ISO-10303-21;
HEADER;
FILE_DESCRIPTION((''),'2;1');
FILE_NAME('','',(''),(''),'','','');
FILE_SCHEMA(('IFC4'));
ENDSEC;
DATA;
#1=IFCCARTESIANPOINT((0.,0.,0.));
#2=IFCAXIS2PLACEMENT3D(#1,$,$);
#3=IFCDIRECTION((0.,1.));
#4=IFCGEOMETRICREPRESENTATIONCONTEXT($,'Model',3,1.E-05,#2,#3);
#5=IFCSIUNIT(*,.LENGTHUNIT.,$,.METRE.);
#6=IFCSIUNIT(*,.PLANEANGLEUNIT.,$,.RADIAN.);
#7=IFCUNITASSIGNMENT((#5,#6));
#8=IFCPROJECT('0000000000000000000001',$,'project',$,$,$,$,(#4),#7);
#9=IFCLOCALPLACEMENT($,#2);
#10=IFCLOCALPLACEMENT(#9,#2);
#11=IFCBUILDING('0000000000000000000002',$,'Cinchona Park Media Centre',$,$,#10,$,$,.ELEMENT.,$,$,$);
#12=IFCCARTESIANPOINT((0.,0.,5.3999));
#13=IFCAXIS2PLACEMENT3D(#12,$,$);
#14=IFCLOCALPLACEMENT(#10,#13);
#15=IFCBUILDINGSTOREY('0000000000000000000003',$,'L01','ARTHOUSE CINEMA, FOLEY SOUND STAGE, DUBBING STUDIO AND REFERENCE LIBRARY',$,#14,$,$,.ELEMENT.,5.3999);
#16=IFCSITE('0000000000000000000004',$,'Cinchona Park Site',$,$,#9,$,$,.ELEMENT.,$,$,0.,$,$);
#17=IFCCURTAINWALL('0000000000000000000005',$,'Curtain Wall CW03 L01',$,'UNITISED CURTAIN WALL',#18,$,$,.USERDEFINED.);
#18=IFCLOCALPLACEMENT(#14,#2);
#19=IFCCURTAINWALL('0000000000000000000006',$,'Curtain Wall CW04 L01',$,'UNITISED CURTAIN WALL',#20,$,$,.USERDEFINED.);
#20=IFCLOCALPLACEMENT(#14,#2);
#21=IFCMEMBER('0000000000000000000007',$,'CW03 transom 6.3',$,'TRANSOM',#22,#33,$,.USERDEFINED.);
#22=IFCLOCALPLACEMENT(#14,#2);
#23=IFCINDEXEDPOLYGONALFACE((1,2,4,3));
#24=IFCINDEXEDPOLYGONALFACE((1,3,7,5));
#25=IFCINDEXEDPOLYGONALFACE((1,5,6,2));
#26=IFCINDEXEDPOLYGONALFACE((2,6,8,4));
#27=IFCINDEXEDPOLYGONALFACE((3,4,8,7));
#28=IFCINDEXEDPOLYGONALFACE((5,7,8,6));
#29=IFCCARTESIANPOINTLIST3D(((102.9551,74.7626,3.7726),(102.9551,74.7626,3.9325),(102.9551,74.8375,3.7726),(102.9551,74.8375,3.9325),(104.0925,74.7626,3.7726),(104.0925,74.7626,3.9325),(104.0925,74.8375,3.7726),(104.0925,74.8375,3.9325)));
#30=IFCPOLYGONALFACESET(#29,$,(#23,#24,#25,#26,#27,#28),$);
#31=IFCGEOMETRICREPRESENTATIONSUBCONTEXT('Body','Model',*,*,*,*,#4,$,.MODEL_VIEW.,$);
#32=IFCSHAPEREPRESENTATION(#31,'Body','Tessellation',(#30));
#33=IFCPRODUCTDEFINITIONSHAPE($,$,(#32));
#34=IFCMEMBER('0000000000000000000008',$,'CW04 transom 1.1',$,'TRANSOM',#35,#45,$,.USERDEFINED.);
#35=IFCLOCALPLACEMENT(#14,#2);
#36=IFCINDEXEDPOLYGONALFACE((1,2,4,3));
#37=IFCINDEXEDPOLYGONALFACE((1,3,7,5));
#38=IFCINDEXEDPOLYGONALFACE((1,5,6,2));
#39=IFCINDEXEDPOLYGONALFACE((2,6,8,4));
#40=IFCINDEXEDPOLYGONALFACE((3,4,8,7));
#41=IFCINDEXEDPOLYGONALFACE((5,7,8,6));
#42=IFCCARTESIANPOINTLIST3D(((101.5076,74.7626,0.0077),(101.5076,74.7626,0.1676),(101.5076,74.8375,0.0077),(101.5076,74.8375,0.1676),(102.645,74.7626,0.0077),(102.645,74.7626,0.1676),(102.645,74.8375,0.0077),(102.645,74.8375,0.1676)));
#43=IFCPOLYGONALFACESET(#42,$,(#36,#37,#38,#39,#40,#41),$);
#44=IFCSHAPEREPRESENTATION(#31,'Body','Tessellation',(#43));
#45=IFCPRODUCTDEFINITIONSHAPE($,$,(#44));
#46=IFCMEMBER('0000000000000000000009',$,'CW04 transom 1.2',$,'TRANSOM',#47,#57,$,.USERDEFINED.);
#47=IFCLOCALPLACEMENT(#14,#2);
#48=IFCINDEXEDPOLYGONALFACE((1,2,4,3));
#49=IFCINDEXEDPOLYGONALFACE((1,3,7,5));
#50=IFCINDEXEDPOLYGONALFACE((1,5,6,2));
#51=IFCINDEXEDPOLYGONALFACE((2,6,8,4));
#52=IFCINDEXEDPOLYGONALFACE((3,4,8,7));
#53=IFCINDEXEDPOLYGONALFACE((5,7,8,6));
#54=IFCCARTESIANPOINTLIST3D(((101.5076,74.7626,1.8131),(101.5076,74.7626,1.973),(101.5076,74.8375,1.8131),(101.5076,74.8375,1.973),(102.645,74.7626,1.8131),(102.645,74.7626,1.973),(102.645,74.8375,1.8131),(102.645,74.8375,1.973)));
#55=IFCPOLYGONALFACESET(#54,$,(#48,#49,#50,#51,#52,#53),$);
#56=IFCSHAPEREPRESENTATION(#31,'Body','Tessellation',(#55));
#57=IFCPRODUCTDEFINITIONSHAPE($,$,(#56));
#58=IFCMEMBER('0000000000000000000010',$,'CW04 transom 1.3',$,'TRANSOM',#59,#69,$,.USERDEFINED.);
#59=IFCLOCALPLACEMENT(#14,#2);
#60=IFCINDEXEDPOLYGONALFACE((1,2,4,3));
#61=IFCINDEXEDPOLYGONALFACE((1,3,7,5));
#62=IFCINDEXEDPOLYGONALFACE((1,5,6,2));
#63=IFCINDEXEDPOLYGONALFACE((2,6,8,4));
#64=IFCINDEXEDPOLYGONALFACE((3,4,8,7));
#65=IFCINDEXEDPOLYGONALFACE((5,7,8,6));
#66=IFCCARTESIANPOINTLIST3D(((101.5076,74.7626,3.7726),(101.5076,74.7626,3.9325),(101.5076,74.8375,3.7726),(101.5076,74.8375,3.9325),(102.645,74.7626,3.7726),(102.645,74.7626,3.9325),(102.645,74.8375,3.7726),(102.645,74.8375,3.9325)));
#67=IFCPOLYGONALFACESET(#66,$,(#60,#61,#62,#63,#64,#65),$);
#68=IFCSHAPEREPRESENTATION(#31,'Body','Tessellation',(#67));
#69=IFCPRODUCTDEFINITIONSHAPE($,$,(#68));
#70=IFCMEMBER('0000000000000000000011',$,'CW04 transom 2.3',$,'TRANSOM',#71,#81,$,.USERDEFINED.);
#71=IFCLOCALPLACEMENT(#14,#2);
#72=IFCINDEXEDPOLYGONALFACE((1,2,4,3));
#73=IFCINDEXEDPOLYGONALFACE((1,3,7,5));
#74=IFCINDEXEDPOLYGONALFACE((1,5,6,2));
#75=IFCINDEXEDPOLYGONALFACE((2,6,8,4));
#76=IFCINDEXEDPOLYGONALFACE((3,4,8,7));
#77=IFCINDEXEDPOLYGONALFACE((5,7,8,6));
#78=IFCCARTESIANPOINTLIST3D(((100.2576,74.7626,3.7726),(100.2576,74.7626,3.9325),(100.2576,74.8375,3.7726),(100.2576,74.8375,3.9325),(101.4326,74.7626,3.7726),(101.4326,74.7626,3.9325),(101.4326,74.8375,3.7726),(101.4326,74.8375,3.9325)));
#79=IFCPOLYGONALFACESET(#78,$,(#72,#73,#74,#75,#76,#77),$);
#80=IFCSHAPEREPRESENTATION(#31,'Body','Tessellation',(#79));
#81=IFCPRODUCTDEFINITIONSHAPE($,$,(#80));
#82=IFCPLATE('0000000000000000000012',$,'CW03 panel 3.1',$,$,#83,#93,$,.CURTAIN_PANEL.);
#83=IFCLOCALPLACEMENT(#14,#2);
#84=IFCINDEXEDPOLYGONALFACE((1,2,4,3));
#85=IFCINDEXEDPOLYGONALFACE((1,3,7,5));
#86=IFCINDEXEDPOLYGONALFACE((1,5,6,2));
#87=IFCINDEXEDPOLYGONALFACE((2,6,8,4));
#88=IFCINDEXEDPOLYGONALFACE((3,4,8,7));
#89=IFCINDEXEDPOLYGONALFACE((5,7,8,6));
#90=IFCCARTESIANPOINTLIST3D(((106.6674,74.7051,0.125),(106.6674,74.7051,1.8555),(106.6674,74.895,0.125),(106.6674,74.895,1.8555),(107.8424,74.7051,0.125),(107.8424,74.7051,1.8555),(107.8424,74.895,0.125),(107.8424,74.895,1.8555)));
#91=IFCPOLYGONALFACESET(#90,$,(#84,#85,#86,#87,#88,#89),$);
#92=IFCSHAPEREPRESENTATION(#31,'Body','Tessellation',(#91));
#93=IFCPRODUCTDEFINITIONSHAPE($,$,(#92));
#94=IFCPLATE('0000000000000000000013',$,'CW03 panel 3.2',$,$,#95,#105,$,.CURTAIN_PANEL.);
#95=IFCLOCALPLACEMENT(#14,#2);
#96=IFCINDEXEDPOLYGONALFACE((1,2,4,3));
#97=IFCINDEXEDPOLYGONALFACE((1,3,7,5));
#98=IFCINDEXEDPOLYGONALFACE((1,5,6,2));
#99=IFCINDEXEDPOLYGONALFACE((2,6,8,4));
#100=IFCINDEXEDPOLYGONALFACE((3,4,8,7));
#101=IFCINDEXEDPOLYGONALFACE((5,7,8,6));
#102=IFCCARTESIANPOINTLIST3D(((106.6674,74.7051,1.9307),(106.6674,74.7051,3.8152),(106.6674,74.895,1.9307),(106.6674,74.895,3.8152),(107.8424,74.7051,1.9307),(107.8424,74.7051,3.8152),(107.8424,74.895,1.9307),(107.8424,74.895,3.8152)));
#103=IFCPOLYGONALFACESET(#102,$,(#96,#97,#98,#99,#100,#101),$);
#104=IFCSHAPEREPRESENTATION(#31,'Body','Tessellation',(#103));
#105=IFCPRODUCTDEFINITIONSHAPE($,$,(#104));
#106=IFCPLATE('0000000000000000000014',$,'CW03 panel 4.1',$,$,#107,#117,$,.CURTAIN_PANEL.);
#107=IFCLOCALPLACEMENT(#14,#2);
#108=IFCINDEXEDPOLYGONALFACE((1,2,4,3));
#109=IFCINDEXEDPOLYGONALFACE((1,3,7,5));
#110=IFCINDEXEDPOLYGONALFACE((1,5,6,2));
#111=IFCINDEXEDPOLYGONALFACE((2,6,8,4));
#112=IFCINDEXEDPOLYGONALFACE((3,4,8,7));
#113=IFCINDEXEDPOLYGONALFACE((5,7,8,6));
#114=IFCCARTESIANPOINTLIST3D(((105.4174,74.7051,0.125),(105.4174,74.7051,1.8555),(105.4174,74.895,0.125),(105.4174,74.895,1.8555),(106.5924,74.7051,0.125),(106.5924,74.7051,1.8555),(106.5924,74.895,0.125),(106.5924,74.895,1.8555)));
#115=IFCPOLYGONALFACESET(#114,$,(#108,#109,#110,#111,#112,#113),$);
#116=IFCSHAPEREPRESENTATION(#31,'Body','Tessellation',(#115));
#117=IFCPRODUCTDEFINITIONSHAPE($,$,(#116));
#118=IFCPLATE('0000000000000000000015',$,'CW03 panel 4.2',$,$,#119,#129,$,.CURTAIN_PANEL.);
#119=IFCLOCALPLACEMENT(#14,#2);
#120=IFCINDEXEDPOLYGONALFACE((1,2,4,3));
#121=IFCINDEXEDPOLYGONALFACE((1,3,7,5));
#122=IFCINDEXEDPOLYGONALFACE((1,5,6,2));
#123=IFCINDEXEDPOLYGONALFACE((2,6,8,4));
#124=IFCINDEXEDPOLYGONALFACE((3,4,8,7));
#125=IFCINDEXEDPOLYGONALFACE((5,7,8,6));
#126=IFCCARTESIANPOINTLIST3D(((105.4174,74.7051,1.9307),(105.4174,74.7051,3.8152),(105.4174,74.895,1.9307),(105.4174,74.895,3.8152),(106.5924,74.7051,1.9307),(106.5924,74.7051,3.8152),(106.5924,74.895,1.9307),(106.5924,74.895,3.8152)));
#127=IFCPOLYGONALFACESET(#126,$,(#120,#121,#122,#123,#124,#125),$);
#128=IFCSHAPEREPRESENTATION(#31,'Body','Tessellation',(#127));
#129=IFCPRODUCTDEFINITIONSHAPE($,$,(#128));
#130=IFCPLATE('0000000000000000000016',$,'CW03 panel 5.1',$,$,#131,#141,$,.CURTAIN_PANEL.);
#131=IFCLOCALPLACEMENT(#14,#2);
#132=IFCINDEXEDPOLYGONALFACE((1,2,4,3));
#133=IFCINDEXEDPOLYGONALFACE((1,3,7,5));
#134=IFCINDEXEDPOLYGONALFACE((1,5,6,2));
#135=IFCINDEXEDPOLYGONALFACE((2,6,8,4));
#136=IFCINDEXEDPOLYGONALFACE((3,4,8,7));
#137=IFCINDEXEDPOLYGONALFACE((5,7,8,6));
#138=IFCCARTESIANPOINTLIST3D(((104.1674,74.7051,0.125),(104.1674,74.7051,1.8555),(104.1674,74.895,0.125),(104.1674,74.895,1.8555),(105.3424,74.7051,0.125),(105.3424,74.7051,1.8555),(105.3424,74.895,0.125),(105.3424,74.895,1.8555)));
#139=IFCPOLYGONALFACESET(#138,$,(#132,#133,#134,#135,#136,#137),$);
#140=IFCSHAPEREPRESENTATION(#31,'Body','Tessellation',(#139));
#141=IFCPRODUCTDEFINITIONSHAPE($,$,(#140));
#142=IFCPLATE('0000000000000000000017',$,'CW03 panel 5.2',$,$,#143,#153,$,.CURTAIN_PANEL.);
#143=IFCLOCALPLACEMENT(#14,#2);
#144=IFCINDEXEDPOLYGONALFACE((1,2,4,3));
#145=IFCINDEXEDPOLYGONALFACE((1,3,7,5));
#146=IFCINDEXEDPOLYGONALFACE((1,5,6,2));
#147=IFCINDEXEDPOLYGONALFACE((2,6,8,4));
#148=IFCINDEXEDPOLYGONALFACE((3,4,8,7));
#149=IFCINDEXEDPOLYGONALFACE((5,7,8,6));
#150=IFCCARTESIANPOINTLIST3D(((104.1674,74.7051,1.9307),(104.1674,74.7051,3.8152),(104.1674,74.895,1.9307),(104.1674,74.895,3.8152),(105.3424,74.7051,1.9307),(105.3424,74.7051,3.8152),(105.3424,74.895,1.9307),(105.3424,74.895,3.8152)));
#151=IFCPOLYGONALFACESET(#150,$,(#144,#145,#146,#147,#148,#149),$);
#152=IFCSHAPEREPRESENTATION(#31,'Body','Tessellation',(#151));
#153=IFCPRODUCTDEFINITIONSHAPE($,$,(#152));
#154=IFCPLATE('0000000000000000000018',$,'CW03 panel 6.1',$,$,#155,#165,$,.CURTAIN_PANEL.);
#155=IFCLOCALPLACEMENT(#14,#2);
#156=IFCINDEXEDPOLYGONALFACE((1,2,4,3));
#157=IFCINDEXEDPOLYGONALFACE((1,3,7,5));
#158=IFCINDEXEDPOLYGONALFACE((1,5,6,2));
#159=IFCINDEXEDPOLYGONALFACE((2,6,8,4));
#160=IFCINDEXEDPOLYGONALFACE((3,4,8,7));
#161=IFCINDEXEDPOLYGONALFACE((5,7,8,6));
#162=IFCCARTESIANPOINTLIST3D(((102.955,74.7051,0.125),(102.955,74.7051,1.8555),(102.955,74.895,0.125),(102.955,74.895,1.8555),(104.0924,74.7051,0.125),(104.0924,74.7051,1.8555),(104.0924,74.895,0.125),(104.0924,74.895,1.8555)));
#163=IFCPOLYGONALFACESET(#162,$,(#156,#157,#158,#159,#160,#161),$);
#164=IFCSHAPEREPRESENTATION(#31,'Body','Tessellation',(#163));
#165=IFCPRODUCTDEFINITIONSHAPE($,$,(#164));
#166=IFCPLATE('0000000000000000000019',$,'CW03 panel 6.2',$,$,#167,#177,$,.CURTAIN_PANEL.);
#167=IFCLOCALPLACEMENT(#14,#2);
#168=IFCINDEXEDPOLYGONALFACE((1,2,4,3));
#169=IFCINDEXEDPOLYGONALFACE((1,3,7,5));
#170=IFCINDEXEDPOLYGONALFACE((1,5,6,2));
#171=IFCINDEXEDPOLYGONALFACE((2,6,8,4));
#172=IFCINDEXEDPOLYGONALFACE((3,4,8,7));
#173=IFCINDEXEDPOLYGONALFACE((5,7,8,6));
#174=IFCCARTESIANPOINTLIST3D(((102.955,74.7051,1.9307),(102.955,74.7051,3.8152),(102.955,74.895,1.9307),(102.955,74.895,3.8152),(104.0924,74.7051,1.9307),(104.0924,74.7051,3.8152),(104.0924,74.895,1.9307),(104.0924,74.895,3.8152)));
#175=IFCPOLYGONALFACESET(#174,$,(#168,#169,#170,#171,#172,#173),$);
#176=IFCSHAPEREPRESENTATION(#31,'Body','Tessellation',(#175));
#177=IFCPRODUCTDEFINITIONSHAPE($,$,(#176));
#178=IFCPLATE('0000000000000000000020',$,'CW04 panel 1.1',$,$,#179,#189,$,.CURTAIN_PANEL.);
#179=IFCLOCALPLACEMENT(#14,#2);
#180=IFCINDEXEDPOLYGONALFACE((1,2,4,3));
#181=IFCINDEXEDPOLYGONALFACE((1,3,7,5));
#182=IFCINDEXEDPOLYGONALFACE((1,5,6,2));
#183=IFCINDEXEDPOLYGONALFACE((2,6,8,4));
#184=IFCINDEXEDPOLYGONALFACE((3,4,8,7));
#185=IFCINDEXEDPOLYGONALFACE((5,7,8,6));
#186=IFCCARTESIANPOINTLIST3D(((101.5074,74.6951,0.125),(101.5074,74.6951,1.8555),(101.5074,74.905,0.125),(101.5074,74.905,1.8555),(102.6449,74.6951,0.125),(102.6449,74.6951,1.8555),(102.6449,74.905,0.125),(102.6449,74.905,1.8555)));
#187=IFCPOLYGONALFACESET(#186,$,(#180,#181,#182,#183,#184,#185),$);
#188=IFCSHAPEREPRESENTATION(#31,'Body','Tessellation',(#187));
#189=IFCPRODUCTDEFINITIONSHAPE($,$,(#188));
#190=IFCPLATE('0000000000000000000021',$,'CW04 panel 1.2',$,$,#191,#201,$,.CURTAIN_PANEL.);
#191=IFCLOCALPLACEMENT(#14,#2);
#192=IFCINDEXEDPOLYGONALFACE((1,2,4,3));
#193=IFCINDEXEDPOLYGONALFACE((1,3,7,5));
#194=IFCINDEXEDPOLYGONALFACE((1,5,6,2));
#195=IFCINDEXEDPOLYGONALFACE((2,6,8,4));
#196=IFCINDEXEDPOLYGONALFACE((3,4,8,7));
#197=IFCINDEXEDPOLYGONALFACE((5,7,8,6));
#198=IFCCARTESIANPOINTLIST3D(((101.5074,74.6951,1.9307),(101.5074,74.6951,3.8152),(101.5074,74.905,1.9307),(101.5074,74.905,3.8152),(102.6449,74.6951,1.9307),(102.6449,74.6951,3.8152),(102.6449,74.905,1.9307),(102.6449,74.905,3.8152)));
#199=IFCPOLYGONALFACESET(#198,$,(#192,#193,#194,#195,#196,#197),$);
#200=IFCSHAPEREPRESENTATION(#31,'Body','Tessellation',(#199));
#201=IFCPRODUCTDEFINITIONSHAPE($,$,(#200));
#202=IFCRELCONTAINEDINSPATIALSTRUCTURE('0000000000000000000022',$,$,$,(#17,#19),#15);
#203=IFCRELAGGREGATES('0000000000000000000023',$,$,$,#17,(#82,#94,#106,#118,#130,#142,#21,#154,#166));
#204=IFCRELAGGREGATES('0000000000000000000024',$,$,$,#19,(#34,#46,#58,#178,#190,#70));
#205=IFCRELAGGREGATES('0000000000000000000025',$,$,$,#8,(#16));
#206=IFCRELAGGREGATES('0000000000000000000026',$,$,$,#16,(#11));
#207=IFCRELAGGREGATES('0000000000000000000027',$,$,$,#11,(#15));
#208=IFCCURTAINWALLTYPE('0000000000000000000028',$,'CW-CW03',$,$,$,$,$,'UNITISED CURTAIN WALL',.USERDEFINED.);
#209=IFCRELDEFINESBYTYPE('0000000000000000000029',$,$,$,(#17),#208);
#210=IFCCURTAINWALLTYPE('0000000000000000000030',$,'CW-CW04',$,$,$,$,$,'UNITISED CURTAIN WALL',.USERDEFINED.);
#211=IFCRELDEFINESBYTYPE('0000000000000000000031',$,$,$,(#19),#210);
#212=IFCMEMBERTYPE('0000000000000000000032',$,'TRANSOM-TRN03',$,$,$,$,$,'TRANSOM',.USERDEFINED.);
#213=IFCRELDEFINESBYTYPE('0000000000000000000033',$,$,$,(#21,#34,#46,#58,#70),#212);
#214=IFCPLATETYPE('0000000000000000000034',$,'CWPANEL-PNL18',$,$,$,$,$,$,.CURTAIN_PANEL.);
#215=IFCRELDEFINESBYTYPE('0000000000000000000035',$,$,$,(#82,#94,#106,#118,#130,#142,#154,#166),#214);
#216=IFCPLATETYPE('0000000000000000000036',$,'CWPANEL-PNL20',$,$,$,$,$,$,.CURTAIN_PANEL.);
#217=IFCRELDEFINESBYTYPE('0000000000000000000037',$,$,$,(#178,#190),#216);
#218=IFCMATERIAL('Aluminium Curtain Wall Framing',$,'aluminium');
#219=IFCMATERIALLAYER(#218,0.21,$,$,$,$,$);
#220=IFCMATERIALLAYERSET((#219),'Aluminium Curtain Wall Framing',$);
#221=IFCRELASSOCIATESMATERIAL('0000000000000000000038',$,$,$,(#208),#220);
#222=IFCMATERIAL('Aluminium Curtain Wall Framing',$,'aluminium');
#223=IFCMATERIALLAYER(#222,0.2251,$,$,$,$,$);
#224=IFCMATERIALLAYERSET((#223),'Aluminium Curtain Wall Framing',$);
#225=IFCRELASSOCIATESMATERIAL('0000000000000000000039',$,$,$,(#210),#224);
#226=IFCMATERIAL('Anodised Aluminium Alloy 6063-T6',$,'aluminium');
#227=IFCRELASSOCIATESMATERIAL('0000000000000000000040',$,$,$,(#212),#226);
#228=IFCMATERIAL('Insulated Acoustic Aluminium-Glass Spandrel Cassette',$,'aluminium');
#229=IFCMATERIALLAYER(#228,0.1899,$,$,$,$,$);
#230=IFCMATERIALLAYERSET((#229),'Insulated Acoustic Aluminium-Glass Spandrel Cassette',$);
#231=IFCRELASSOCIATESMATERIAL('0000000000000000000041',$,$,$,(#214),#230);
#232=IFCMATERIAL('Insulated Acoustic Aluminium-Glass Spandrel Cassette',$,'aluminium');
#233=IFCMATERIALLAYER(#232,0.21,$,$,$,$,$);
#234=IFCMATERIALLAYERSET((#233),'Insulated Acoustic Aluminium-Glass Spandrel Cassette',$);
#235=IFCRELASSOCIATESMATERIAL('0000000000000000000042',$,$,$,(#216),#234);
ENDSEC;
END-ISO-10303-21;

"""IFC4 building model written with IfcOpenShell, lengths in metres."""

from ifc_helpers import new_model, si_unit, direction, frame, origin, origin_2d, place, context, subcontext, project, spatial, rectangle, extrude, material, layer, layer_set, material_profile, profile_set, type_object, element, aggregate, save


model = new_model("IFC4")

# Units and contexts
model_context = context("Model", 3, precision=1e-05, world=origin(), true_north=direction((0.0, 1.0)))
body_context = subcontext(model_context, "Body", "Model", "MODEL_VIEW")
ifc_project = project(units=[si_unit("LENGTHUNIT", "METRE"), si_unit("PLANEANGLEUNIT", "RADIAN")], contexts=[model_context])

# Site, building, storey
site_placement = place(None, origin())
site = spatial("IfcSite", under=ifc_project, at=site_placement, Name="Cinchona Park Site", CompositionType="ELEMENT", RefElevation=0.0)
building_placement = place(site_placement, origin())
building = spatial("IfcBuilding", under=site, at=building_placement, Name="Cinchona Park Media Centre", CompositionType="ELEMENT")
storey_placement = place(building_placement, frame((0.0, 0.0, 5.3999)))
storey = spatial("IfcBuildingStorey", under=building, at=storey_placement, Name="L01", Description="ARTHOUSE CINEMA, FOLEY SOUND STAGE, DUBBING STUDIO AND REFERENCE LIBRARY", CompositionType="ELEMENT", Elevation=5.3999)

# Curtain walls
ifc_material_1 = material(Name="Aluminium Curtain Wall Framing", Category="aluminium")
ifc_layer_1 = layer(ifc_material_1, 0.21)
ifc_layer_set_1 = layer_set([ifc_layer_1], Name="Aluminium Curtain Wall Framing")
curtain_wall_type_1 = type_object("IfcCurtainWallType", Name="CW-CW03", ElementType="UNITISED CURTAIN WALL", PredefinedType="USERDEFINED", material=ifc_layer_set_1)
curtain_wall_1_placement = place(storey_placement, origin())
curtain_wall_1 = element("IfcCurtainWall", 1, at=curtain_wall_1_placement, inside=storey, type_object=curtain_wall_type_1, Name="Curtain Wall CW03 L01", ObjectType="UNITISED CURTAIN WALL", PredefinedType="USERDEFINED")
ifc_material_2 = material(Name="Aluminium Curtain Wall Framing", Category="aluminium")
ifc_layer_2 = layer(ifc_material_2, 0.2251)
ifc_layer_set_2 = layer_set([ifc_layer_2], Name="Aluminium Curtain Wall Framing")
curtain_wall_type_2 = type_object("IfcCurtainWallType", Name="CW-CW04", ElementType="UNITISED CURTAIN WALL", PredefinedType="USERDEFINED", material=ifc_layer_set_2)
curtain_wall_2_placement = place(storey_placement, origin())
curtain_wall_2 = element("IfcCurtainWall", 2, at=curtain_wall_2_placement, inside=storey, type_object=curtain_wall_type_2, Name="Curtain Wall CW04 L01", ObjectType="UNITISED CURTAIN WALL", PredefinedType="USERDEFINED")

# Members
ifc_material_3 = material(Name="Anodised Aluminium Alloy 6063-T6", Category="aluminium")
ifc_material_profile_1 = material_profile(ifc_material_3, rectangle(XDim=0.075, YDim=0.1599, at=origin_2d()), Name="TRN-75X160")
ifc_profile_set_1 = profile_set([ifc_material_profile_1], Name="Anodised Aluminium Alloy 6063-T6")
member_type_1 = type_object("IfcMemberType", Name="TRANSOM-TRN03", ElementType="TRANSOM", PredefinedType="USERDEFINED", material=ifc_profile_set_1)
member_1_placement = place(storey_placement, frame((104.0925, 74.8, 3.8525), z_axis=(-1.0, 0.0, 0.0), x_axis=(0.0, -1.0, 0.0)))
member_1 = element("IfcMember", 3, at=member_1_placement, type_object=member_type_1, Name="CW03 transom 6.3", ObjectType="TRANSOM", PredefinedType="USERDEFINED", context=body_context, shape_type="SweptSolid", body=[
    extrude(rectangle(XDim=0.075, YDim=0.1599, at=origin_2d()), origin(), (0.0, 0.0, 1.0), 1.1375),
])
member_2_placement = place(storey_placement, frame((102.645, 74.8, 0.0876), z_axis=(-1.0, 0.0, 0.0), x_axis=(0.0, -1.0, 0.0)))
member_2 = element("IfcMember", 4, at=member_2_placement, type_object=member_type_1, Name="CW04 transom 1.1", ObjectType="TRANSOM", PredefinedType="USERDEFINED", context=body_context, shape_type="SweptSolid", body=[
    extrude(rectangle(XDim=0.075, YDim=0.1599, at=origin_2d()), origin(), (0.0, 0.0, 1.0), 1.1375),
])
member_3_placement = place(storey_placement, frame((102.645, 74.8, 1.8931), z_axis=(-1.0, 0.0, 0.0), x_axis=(0.0, -1.0, 0.0)))
member_3 = element("IfcMember", 5, at=member_3_placement, type_object=member_type_1, Name="CW04 transom 1.2", ObjectType="TRANSOM", PredefinedType="USERDEFINED", context=body_context, shape_type="SweptSolid", body=[
    extrude(rectangle(XDim=0.075, YDim=0.1599, at=origin_2d()), origin(), (0.0, 0.0, 1.0), 1.1375),
])
member_4_placement = place(storey_placement, frame((102.645, 74.8, 3.8525), z_axis=(-1.0, 0.0, 0.0), x_axis=(0.0, -1.0, 0.0)))
member_4 = element("IfcMember", 6, at=member_4_placement, type_object=member_type_1, Name="CW04 transom 1.3", ObjectType="TRANSOM", PredefinedType="USERDEFINED", context=body_context, shape_type="SweptSolid", body=[
    extrude(rectangle(XDim=0.075, YDim=0.1599, at=origin_2d()), origin(), (0.0, 0.0, 1.0), 1.1375),
])
member_5_placement = place(storey_placement, frame((101.4326, 74.8, 3.8525), z_axis=(-1.0, 0.0, 0.0), x_axis=(0.0, -1.0, 0.0)))
member_5 = element("IfcMember", 7, at=member_5_placement, type_object=member_type_1, Name="CW04 transom 2.3", ObjectType="TRANSOM", PredefinedType="USERDEFINED", context=body_context, shape_type="SweptSolid", body=[
    extrude(rectangle(XDim=0.075, YDim=0.1599, at=origin_2d()), origin(), (0.0, 0.0, 1.0), 1.175),
])

# Plates
ifc_material_4 = material(Name="Insulated Acoustic Aluminium-Glass Spandrel Cassette", Category="aluminium")
ifc_layer_3 = layer(ifc_material_4, 0.1899)
ifc_layer_set_3 = layer_set([ifc_layer_3], Name="Insulated Acoustic Aluminium-Glass Spandrel Cassette")
plate_type_1 = type_object("IfcPlateType", Name="CWPANEL-PNL18", PredefinedType="CURTAIN_PANEL", material=ifc_layer_set_3)
plate_1_placement = place(storey_placement, frame((107.2549, 74.8, 0.125), z_axis=(0.0, 0.0, 1.0), x_axis=(-1.0, 0.0, 0.0)))
plate_1 = element("IfcPlate", 8, at=plate_1_placement, type_object=plate_type_1, Name="CW03 panel 3.1", PredefinedType="CURTAIN_PANEL", context=body_context, shape_type="SweptSolid", body=[
    extrude(rectangle(XDim=1.175, YDim=0.1899, at=origin_2d()), origin(), (0.0, 0.0, 1.0), 1.7305),
])
plate_2_placement = place(storey_placement, frame((107.2549, 74.8, 1.9307), z_axis=(0.0, 0.0, 1.0), x_axis=(-1.0, 0.0, 0.0)))
plate_2 = element("IfcPlate", 9, at=plate_2_placement, type_object=plate_type_1, Name="CW03 panel 3.2", PredefinedType="CURTAIN_PANEL", context=body_context, shape_type="SweptSolid", body=[
    extrude(rectangle(XDim=1.175, YDim=0.1899, at=origin_2d()), origin(), (0.0, 0.0, 1.0), 1.8845),
])
plate_3_placement = place(storey_placement, frame((106.0049, 74.8, 0.125), z_axis=(0.0, 0.0, 1.0), x_axis=(-1.0, 0.0, 0.0)))
plate_3 = element("IfcPlate", 10, at=plate_3_placement, type_object=plate_type_1, Name="CW03 panel 4.1", PredefinedType="CURTAIN_PANEL", context=body_context, shape_type="SweptSolid", body=[
    extrude(rectangle(XDim=1.175, YDim=0.1899, at=origin_2d()), origin(), (0.0, 0.0, 1.0), 1.7305),
])
plate_4_placement = place(storey_placement, frame((106.0049, 74.8, 1.9307), z_axis=(0.0, 0.0, 1.0), x_axis=(-1.0, 0.0, 0.0)))
plate_4 = element("IfcPlate", 11, at=plate_4_placement, type_object=plate_type_1, Name="CW03 panel 4.2", PredefinedType="CURTAIN_PANEL", context=body_context, shape_type="SweptSolid", body=[
    extrude(rectangle(XDim=1.175, YDim=0.1899, at=origin_2d()), origin(), (0.0, 0.0, 1.0), 1.8845),
])
plate_5_placement = place(storey_placement, frame((104.7549, 74.8, 0.125), z_axis=(0.0, 0.0, 1.0), x_axis=(-1.0, 0.0, 0.0)))
plate_5 = element("IfcPlate", 12, at=plate_5_placement, type_object=plate_type_1, Name="CW03 panel 5.1", PredefinedType="CURTAIN_PANEL", context=body_context, shape_type="SweptSolid", body=[
    extrude(rectangle(XDim=1.175, YDim=0.1899, at=origin_2d()), origin(), (0.0, 0.0, 1.0), 1.7305),
])
plate_6_placement = place(storey_placement, frame((104.7549, 74.8, 1.9307), z_axis=(0.0, 0.0, 1.0), x_axis=(-1.0, 0.0, 0.0)))
plate_6 = element("IfcPlate", 13, at=plate_6_placement, type_object=plate_type_1, Name="CW03 panel 5.2", PredefinedType="CURTAIN_PANEL", context=body_context, shape_type="SweptSolid", body=[
    extrude(rectangle(XDim=1.175, YDim=0.1899, at=origin_2d()), origin(), (0.0, 0.0, 1.0), 1.8845),
])
plate_7_placement = place(storey_placement, frame((103.5237, 74.8, 0.125), z_axis=(0.0, 0.0, 1.0), x_axis=(-1.0, 0.0, 0.0)))
plate_7 = element("IfcPlate", 14, at=plate_7_placement, type_object=plate_type_1, Name="CW03 panel 6.1", PredefinedType="CURTAIN_PANEL", context=body_context, shape_type="SweptSolid", body=[
    extrude(rectangle(XDim=1.1375, YDim=0.1899, at=origin_2d()), origin(), (0.0, 0.0, 1.0), 1.7305),
])
plate_8_placement = place(storey_placement, frame((103.5237, 74.8, 1.9307), z_axis=(0.0, 0.0, 1.0), x_axis=(-1.0, 0.0, 0.0)))
plate_8 = element("IfcPlate", 15, at=plate_8_placement, type_object=plate_type_1, Name="CW03 panel 6.2", PredefinedType="CURTAIN_PANEL", context=body_context, shape_type="SweptSolid", body=[
    extrude(rectangle(XDim=1.1375, YDim=0.1899, at=origin_2d()), origin(), (0.0, 0.0, 1.0), 1.8845),
])
aggregate(curtain_wall_1, [plate_1, plate_2, plate_3, plate_4, plate_5, plate_6, member_1, plate_7, plate_8])
ifc_material_5 = material(Name="Insulated Acoustic Aluminium-Glass Spandrel Cassette", Category="aluminium")
ifc_layer_4 = layer(ifc_material_5, 0.21)
ifc_layer_set_4 = layer_set([ifc_layer_4], Name="Insulated Acoustic Aluminium-Glass Spandrel Cassette")
plate_type_2 = type_object("IfcPlateType", Name="CWPANEL-PNL20", PredefinedType="CURTAIN_PANEL", material=ifc_layer_set_4)
plate_9_placement = place(storey_placement, frame((102.0762, 74.8, 0.125), z_axis=(0.0, 0.0, 1.0), x_axis=(-1.0, 0.0, 0.0)))
plate_9 = element("IfcPlate", 16, at=plate_9_placement, type_object=plate_type_2, Name="CW04 panel 1.1", PredefinedType="CURTAIN_PANEL", context=body_context, shape_type="SweptSolid", body=[
    extrude(rectangle(XDim=1.1375, YDim=0.21, at=origin_2d()), origin(), (0.0, 0.0, 1.0), 1.7305),
])
plate_10_placement = place(storey_placement, frame((102.0762, 74.8, 1.9307), z_axis=(0.0, 0.0, 1.0), x_axis=(-1.0, 0.0, 0.0)))
plate_10 = element("IfcPlate", 17, at=plate_10_placement, type_object=plate_type_2, Name="CW04 panel 1.2", PredefinedType="CURTAIN_PANEL", context=body_context, shape_type="SweptSolid", body=[
    extrude(rectangle(XDim=1.1375, YDim=0.21, at=origin_2d()), origin(), (0.0, 0.0, 1.0), 1.8845),
])
aggregate(curtain_wall_2, [member_2, member_3, member_4, plate_9, plate_10, member_5])

save(model, "model.ifc")
